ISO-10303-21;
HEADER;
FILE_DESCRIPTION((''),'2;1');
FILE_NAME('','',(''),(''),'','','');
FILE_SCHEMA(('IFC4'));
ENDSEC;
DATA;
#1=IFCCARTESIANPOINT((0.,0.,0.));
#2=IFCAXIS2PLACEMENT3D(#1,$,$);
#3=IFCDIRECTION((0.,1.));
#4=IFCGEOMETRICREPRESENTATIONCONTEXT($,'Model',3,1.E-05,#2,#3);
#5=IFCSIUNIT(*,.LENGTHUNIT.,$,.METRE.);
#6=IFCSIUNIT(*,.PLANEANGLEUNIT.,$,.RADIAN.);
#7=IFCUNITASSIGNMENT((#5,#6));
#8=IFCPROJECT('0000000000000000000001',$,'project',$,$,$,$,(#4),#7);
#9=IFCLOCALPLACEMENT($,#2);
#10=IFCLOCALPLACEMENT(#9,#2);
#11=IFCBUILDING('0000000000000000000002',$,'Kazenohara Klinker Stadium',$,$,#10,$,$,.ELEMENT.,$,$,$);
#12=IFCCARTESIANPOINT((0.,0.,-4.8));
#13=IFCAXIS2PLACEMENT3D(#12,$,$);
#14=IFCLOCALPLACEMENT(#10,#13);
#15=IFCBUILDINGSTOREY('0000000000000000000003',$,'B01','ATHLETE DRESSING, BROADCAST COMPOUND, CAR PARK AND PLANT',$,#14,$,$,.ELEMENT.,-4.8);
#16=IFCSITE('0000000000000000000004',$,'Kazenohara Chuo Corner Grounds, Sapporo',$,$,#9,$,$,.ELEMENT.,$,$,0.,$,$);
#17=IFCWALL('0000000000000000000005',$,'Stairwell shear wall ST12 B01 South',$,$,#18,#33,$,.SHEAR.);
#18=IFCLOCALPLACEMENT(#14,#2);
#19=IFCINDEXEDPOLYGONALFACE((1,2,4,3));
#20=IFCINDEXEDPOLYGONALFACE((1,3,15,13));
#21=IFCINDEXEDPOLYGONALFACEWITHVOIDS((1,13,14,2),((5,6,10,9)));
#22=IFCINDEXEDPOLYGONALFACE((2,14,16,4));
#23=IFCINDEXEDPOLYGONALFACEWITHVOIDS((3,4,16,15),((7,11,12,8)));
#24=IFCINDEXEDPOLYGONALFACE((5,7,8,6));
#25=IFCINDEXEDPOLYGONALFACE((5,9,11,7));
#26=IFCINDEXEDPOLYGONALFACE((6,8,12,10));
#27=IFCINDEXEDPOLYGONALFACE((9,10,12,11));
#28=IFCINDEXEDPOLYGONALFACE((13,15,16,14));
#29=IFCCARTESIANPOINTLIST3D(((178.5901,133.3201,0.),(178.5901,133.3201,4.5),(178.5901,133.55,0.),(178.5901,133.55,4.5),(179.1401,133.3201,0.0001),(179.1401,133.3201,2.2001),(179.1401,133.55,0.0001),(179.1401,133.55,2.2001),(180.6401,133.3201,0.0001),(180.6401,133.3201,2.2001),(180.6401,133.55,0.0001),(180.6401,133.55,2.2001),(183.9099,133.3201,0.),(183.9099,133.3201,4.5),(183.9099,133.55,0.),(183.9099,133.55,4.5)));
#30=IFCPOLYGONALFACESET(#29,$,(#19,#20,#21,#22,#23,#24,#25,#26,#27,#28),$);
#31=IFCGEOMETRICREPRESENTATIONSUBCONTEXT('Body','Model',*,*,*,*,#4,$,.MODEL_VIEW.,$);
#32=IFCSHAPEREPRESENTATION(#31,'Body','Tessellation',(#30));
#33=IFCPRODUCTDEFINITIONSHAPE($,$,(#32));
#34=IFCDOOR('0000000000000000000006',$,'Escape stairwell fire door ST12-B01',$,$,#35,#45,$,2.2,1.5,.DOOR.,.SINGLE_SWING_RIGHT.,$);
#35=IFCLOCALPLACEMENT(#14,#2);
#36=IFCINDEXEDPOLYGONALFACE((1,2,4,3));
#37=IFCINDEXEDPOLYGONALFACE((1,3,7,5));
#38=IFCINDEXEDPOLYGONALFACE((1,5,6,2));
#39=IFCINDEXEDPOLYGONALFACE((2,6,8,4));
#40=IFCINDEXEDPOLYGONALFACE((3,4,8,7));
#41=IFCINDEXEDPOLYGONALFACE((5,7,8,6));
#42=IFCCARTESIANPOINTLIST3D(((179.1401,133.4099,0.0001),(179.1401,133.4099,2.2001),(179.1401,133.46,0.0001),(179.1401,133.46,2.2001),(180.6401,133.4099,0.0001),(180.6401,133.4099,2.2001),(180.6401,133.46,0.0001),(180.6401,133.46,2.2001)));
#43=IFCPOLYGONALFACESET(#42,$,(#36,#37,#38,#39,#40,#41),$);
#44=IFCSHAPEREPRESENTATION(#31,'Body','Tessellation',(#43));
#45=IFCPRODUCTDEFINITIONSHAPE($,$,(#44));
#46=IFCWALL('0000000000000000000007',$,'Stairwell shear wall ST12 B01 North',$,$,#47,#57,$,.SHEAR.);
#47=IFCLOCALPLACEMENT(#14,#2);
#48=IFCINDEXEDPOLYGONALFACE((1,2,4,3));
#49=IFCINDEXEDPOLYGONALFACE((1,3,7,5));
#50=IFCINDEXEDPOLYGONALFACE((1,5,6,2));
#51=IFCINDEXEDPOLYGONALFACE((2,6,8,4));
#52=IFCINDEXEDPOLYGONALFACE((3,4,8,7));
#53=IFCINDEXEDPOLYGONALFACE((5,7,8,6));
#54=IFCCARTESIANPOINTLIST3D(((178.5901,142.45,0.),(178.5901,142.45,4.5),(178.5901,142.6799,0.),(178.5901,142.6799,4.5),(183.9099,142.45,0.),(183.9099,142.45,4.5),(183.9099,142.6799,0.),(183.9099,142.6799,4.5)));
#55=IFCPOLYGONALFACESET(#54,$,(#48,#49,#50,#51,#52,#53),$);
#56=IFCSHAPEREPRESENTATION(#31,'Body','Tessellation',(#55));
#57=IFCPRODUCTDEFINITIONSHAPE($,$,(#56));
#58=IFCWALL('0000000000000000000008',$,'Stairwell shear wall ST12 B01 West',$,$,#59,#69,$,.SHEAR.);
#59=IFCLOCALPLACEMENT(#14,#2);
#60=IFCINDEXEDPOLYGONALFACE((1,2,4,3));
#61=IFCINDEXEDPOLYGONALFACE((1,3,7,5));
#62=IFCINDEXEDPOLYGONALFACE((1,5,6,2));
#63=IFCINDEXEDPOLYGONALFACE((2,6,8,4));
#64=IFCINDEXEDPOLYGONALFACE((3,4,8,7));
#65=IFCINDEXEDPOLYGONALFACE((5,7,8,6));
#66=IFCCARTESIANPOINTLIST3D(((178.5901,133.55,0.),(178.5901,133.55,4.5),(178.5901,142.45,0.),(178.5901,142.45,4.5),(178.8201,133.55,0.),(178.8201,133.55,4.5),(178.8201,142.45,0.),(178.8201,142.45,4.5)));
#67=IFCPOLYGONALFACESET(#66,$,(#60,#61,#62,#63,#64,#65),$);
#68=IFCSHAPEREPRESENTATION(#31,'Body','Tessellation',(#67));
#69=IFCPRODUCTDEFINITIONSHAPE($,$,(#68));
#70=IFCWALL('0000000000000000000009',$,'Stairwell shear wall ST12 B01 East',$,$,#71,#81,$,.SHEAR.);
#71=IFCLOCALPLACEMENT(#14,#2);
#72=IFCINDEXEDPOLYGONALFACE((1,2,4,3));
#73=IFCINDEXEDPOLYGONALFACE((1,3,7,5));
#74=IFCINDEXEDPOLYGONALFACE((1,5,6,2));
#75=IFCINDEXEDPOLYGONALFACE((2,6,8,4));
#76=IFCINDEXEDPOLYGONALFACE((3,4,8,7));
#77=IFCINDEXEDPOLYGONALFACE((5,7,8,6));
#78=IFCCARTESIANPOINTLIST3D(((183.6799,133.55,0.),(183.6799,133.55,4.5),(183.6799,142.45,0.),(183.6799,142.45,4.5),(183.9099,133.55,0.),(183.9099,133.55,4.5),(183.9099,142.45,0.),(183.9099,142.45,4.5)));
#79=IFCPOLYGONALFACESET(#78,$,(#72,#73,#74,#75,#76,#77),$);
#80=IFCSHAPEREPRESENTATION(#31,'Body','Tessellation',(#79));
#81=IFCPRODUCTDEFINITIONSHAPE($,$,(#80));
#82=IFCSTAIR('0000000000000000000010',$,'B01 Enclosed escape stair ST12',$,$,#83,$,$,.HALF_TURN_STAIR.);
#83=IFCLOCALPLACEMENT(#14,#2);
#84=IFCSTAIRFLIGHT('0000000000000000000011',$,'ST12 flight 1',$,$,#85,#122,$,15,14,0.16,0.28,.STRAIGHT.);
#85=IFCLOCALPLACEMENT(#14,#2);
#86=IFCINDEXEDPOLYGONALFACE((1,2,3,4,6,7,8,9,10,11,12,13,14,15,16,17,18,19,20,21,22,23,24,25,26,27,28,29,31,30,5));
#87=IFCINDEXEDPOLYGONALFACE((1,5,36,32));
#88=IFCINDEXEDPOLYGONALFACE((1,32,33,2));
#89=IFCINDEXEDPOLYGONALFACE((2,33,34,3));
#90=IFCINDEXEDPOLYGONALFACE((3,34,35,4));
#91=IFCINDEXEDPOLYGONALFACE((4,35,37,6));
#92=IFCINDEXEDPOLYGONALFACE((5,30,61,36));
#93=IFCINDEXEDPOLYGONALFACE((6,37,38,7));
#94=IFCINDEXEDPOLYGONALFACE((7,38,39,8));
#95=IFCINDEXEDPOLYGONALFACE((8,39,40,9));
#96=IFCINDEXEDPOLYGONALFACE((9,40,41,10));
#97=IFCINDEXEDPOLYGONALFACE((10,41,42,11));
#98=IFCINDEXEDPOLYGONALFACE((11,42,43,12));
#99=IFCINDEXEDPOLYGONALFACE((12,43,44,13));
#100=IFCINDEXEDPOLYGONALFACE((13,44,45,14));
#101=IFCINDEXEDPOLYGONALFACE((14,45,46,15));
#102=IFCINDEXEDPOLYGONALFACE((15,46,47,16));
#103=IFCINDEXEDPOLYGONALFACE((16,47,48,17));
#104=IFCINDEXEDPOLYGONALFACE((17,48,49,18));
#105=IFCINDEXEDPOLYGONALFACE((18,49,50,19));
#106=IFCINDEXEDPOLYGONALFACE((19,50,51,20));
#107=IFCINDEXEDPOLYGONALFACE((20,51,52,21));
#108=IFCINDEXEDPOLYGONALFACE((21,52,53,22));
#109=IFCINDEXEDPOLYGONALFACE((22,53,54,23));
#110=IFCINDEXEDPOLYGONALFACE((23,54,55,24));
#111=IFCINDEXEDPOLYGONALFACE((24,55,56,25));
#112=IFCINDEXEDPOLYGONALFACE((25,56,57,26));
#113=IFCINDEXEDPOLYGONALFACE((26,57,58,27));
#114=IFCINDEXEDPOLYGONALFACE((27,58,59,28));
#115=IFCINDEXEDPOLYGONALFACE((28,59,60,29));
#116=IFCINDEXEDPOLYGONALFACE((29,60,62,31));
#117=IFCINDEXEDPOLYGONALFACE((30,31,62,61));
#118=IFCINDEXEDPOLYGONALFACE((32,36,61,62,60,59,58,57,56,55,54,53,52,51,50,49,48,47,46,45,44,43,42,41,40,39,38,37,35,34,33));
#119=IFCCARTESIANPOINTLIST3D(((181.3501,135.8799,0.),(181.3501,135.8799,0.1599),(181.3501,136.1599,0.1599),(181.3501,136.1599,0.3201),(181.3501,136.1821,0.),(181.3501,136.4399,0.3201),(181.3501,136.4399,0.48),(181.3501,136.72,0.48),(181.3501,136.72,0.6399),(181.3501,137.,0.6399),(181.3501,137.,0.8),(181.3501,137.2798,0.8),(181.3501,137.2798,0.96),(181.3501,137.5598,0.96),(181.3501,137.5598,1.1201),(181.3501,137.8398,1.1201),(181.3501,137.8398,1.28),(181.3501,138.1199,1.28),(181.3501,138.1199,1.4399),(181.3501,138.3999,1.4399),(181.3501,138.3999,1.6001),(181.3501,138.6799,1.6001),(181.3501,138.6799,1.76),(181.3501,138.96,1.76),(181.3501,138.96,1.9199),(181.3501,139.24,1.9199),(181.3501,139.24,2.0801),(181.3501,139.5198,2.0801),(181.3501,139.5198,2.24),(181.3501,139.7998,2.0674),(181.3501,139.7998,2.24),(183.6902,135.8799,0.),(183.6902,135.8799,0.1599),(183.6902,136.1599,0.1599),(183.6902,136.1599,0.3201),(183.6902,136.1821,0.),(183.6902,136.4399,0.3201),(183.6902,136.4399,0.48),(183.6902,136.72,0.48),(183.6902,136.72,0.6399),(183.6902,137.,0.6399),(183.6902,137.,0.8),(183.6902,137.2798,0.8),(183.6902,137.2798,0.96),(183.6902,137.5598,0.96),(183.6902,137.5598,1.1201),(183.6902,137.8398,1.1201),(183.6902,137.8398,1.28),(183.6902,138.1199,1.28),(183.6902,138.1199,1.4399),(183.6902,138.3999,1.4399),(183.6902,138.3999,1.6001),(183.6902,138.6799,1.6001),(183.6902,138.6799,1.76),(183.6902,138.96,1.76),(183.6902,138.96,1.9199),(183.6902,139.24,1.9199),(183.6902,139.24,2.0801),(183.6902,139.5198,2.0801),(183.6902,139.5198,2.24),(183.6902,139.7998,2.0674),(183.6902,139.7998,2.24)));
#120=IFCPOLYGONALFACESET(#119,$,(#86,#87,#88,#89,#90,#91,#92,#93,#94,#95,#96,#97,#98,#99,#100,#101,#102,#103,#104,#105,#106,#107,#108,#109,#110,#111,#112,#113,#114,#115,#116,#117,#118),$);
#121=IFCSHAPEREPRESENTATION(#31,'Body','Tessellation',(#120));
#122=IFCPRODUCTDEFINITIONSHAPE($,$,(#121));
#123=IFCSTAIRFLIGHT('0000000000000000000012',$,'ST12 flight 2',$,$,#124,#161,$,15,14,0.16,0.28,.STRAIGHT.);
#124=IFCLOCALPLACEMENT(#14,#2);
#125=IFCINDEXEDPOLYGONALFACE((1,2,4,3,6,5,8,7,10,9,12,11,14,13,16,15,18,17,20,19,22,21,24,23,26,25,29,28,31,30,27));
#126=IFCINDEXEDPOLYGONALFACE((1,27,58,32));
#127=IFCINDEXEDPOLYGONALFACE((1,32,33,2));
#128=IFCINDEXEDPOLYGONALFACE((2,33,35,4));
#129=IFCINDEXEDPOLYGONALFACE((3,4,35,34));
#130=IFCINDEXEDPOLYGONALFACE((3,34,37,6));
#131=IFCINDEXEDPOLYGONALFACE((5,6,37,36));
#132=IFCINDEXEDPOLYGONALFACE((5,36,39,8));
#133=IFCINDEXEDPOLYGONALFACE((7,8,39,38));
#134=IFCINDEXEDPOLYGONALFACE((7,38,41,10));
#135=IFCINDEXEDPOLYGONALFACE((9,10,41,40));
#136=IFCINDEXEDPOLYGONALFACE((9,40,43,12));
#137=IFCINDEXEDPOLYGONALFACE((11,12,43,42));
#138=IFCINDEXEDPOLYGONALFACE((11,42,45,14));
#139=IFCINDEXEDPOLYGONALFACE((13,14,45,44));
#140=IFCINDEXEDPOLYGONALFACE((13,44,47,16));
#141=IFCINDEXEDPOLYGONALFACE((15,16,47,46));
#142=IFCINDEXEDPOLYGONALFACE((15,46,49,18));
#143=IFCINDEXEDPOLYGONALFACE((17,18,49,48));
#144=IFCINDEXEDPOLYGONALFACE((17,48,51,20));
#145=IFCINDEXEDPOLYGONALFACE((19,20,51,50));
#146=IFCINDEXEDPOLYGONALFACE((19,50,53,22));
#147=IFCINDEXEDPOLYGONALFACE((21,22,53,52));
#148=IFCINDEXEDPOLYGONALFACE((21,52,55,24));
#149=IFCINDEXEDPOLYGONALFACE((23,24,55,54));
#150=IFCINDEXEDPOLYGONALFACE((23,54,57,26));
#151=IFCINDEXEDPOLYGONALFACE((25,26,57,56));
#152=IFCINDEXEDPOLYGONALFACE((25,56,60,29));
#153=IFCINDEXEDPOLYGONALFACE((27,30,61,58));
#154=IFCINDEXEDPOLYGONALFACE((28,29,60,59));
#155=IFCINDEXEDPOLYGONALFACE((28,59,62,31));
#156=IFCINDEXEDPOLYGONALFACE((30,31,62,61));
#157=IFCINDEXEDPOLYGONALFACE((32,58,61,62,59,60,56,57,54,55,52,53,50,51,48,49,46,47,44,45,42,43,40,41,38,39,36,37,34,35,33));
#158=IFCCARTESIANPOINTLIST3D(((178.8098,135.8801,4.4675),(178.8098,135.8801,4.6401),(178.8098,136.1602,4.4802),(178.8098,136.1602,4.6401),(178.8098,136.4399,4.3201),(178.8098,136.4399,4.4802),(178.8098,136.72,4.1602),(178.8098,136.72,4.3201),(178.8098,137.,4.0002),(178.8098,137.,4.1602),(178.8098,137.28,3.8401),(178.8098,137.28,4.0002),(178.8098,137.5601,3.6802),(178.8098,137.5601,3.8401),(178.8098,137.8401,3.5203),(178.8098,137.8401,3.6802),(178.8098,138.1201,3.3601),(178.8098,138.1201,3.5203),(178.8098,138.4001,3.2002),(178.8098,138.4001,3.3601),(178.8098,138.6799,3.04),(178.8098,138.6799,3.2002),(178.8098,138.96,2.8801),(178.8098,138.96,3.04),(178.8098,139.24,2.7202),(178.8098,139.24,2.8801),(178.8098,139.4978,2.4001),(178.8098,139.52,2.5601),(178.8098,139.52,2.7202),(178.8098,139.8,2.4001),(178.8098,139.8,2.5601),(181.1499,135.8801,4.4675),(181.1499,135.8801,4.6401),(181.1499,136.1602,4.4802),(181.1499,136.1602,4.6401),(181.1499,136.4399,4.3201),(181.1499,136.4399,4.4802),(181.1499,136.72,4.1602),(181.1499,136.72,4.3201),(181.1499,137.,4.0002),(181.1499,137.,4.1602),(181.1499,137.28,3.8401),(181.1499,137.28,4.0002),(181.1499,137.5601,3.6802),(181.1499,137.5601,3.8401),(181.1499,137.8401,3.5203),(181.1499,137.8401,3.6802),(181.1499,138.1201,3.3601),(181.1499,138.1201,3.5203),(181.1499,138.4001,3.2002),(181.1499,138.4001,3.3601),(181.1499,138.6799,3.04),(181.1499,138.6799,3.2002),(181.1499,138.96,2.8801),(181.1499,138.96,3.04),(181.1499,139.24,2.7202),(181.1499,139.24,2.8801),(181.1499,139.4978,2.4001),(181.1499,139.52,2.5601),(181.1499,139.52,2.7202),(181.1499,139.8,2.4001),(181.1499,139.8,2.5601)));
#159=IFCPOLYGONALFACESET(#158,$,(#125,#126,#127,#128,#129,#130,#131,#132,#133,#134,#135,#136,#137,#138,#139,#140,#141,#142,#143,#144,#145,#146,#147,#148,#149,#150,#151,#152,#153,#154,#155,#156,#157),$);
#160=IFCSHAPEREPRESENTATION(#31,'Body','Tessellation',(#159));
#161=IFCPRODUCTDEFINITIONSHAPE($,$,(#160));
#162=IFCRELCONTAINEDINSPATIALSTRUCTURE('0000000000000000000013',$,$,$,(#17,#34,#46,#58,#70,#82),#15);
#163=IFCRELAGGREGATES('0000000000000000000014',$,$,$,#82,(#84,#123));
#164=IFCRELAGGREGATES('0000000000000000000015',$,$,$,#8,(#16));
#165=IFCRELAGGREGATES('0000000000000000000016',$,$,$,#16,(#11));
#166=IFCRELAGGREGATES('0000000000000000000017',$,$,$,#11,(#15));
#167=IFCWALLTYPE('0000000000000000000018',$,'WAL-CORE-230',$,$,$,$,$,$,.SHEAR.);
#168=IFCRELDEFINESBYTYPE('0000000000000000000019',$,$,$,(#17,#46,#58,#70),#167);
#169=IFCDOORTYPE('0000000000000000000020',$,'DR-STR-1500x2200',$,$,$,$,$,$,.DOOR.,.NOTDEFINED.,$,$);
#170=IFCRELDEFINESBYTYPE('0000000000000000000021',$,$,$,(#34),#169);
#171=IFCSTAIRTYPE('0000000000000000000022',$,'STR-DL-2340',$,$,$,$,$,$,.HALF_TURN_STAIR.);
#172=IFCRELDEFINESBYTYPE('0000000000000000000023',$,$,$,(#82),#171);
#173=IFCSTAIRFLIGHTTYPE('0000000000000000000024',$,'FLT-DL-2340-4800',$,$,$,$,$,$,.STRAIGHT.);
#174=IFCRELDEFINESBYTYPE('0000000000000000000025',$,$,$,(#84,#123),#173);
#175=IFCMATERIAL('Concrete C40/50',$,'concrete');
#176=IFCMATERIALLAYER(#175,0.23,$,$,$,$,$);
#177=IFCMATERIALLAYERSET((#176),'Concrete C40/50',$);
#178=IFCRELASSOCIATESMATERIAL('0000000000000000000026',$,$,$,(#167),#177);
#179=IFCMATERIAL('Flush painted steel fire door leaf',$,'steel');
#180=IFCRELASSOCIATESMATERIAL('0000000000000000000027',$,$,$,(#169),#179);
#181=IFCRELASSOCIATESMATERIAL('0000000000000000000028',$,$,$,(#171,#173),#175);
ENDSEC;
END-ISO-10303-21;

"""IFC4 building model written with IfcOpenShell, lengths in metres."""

from ifc_helpers import new_model, si_unit, direction, frame, frame_2d, origin, place, context, subcontext, project, spatial, polyline, rectangle, outline, extrude, material, layer, layer_set, type_object, element, fill, aggregate, save


model = new_model("IFC4")

# Units and contexts
model_context = context("Model", 3, precision=1e-05, world=origin(), true_north=direction((0.0, 1.0)))
body_context = subcontext(model_context, "Body", "Model", "MODEL_VIEW")
ifc_project = project(units=[si_unit("LENGTHUNIT", "METRE"), si_unit("PLANEANGLEUNIT", "RADIAN")], contexts=[model_context])

# Site, building, storey
site_placement = place(None, origin())
site = spatial("IfcSite", under=ifc_project, at=site_placement, Name="Kazenohara Chuo Corner Grounds, Sapporo", CompositionType="ELEMENT", RefElevation=0.0)
building_placement = place(site_placement, origin())
building = spatial("IfcBuilding", under=site, at=building_placement, Name="Kazenohara Klinker Stadium", CompositionType="ELEMENT")
storey_placement = place(building_placement, frame((0.0, 0.0, -4.8)))
storey = spatial("IfcBuildingStorey", under=building, at=storey_placement, Name="B01", Description="ATHLETE DRESSING, BROADCAST COMPOUND, CAR PARK AND PLANT", CompositionType="ELEMENT", Elevation=-4.8)

# Shared definitions
ifc_material_1 = material(Name="Concrete C40/50", Category="concrete")

# Wall, opening, door
ifc_layer_1 = layer(ifc_material_1, 0.23)
ifc_layer_set_1 = layer_set([ifc_layer_1], Name="Concrete C40/50")
wall_type = type_object("IfcWallType", Name="WAL-CORE-230", PredefinedType="SHEAR", material=ifc_layer_set_1)
wall_1_placement = place(storey_placement, frame((178.5901, 133.4351, 0.0), z_axis=(0.0, 0.0, 1.0), x_axis=(1.0, 0.0, 0.0)))
wall_1 = element("IfcWall", 1, at=wall_1_placement, inside=storey, type_object=wall_type, Name="Stairwell shear wall ST12 B01 South", PredefinedType="SHEAR", context=body_context, shape_type="SweptSolid", body=[
    extrude(rectangle(XDim=5.3198, YDim=0.23, at=frame_2d((2.6599, 0.0))), origin(), (0.0, 0.0, 1.0), 4.5),
])
opening_placement = place(wall_1_placement, frame((0.55, 0.0, 0.0)))
opening = element("IfcOpeningElement", 2, at=opening_placement, cuts=wall_1, PredefinedType="OPENING", context=body_context, shape_type="SweptSolid", body=[
    extrude(rectangle(XDim=1.5, YDim=2.2, at=frame_2d((0.75, 1.1001))), frame((0.0, 0.125, 0.0), z_axis=(0.0, -1.0, 0.0), x_axis=(1.0, 0.0, 0.0)), (0.0, 0.0, 1.0), 0.25),
])
ifc_material_2 = material(Name="Flush painted steel fire door leaf", Category="steel")
door_type = type_object("IfcDoorType", Name="DR-STR-1500x2200", OperationType="NOTDEFINED", PredefinedType="DOOR", material=ifc_material_2)
door_placement = place(opening_placement, origin())
door = element("IfcDoor", 3, at=door_placement, inside=storey, type_object=door_type, Name="Escape stairwell fire door ST12-B01", OperationType="SINGLE_SWING_RIGHT", OverallHeight=2.2, OverallWidth=1.5, PredefinedType="DOOR", context=body_context, shape_type="SweptSolid", body=[
    extrude(rectangle(XDim=1.5, YDim=2.2, at=frame_2d((0.75, 1.1001))), frame((0.0, 0.0249, 0.0), z_axis=(0.0, -1.0, 0.0), x_axis=(1.0, 0.0, 0.0)), (0.0, 0.0, 1.0), 0.05),
])
fill(opening, door)

# Walls
wall_2_placement = place(storey_placement, frame((178.5901, 142.5649, 0.0), z_axis=(0.0, 0.0, 1.0), x_axis=(1.0, 0.0, 0.0)))
element("IfcWall", 4, at=wall_2_placement, inside=storey, type_object=wall_type, Name="Stairwell shear wall ST12 B01 North", PredefinedType="SHEAR", context=body_context, shape_type="SweptSolid", body=[
    extrude(rectangle(XDim=5.3198, YDim=0.23, at=frame_2d((2.6599, 0.0))), origin(), (0.0, 0.0, 1.0), 4.5),
])
for number, where, z_axis, x_axis, name in (
    (5, (178.7051, 133.55, 0.0), (0.0, 0.0, 1.0), (0.0, 1.0, 0.0), "Stairwell shear wall ST12 B01 West"),
    (6, (183.7949, 133.55, 0.0), (0.0, 0.0, 1.0), (0.0, 1.0, 0.0), "Stairwell shear wall ST12 B01 East"),
):
    element("IfcWall", number, at=place(storey_placement, frame(where, z_axis=z_axis, x_axis=x_axis)), inside=storey, type_object=wall_type, Name=name, PredefinedType="SHEAR", context=body_context, shape_type="SweptSolid", body=[
        extrude(rectangle(XDim=8.8999, YDim=0.23, at=frame_2d((4.45, 0.0))), origin(), (0.0, 0.0, 1.0), 4.5),
    ])

# Stair, stair flights
stair_type = type_object("IfcStairType", Name="STR-DL-2340", PredefinedType="HALF_TURN_STAIR", material=ifc_material_1)
stair_placement = place(storey_placement, origin())
stair = element("IfcStair", 7, at=stair_placement, inside=storey, type_object=stair_type, Name="B01 Enclosed escape stair ST12", PredefinedType="HALF_TURN_STAIR")
stair_flight_type = type_object("IfcStairFlightType", Name="FLT-DL-2340-4800", PredefinedType="STRAIGHT", material=ifc_material_1)
stair_flight_1_placement = place(storey_placement, frame((182.52, 135.8799, 0.0), z_axis=(0.0, 0.0, 1.0), x_axis=(0.0, 1.0, 0.0)))
stair_flight_1 = element("IfcStairFlight", 8, at=stair_flight_1_placement, type_object=stair_flight_type, Name="ST12 flight 1", NumberOfRisers=15, NumberOfTreads=14, PredefinedType="STRAIGHT", RiserHeight=0.16, TreadLength=0.28, context=body_context, shape_type="SweptSolid", body=[
    extrude(outline(polyline([(0.0, 0.0), (0.0, 0.1599), (0.28, 0.1599), (0.28, 0.3201), (0.5601, 0.3201), (0.5601, 0.48), (0.8401, 0.48), (0.8401, 0.6399), (1.1201, 0.6399), (1.1201, 0.8), (1.3999, 0.8), (1.3999, 0.96), (1.6799, 0.96), (1.6799, 1.1201), (1.96, 1.1201), (1.96, 1.28), (2.24, 1.28), (2.24, 1.4399), (2.52, 1.4399), (2.52, 1.6001), (2.8, 1.6001), (2.8, 1.76), (3.0801, 1.76), (3.0801, 1.9199), (3.3601, 1.9199), (3.3601, 2.0801), (3.6399, 2.0801), (3.6399, 2.24), (3.9199, 2.24), (3.9199, 2.3999), (3.9199, 2.0674), (0.3022, 0.0), (0.0, 0.0)])), frame((0.0, 1.1699, 0.0), z_axis=(0.0, -1.0, 0.0), x_axis=(1.0, 0.0, 0.0)), (0.0, 0.0, 1.0), 2.3401),
])
stair_flight_2_placement = place(storey_placement, frame((179.98, 139.8, 2.4001), z_axis=(0.0, 0.0, 1.0), x_axis=(0.0, -1.0, 0.0)))
stair_flight_2 = element("IfcStairFlight", 9, at=stair_flight_2_placement, type_object=stair_flight_type, Name="ST12 flight 2", NumberOfRisers=15, NumberOfTreads=14, PredefinedType="STRAIGHT", RiserHeight=0.16, TreadLength=0.28, context=body_context, shape_type="SweptSolid", body=[
    extrude(outline(polyline([(0.0, 0.0), (0.0, 0.1599), (0.28, 0.1599), (0.28, 0.3201), (0.5601, 0.3201), (0.5601, 0.48), (0.8401, 0.48), (0.8401, 0.6399), (1.1201, 0.6399), (1.1201, 0.8), (1.3999, 0.8), (1.3999, 0.96), (1.6799, 0.96), (1.6799, 1.1201), (1.96, 1.1201), (1.96, 1.28), (2.24, 1.28), (2.24, 1.4399), (2.52, 1.4399), (2.52, 1.6001), (2.8, 1.6001), (2.8, 1.76), (3.0801, 1.76), (3.0801, 1.9199), (3.3601, 1.9199), (3.3601, 2.0801), (3.6399, 2.0801), (3.6399, 2.24), (3.9199, 2.24), (3.9199, 2.3999), (3.9199, 2.0674), (0.3022, 0.0), (0.0, 0.0)])), frame((0.0, 1.1699, 0.0), z_axis=(0.0, -1.0, 0.0), x_axis=(1.0, 0.0, 0.0)), (0.0, 0.0, 1.0), 2.3401),
])
aggregate(stair, [stair_flight_1, stair_flight_2])

save(model, "model.ifc")
